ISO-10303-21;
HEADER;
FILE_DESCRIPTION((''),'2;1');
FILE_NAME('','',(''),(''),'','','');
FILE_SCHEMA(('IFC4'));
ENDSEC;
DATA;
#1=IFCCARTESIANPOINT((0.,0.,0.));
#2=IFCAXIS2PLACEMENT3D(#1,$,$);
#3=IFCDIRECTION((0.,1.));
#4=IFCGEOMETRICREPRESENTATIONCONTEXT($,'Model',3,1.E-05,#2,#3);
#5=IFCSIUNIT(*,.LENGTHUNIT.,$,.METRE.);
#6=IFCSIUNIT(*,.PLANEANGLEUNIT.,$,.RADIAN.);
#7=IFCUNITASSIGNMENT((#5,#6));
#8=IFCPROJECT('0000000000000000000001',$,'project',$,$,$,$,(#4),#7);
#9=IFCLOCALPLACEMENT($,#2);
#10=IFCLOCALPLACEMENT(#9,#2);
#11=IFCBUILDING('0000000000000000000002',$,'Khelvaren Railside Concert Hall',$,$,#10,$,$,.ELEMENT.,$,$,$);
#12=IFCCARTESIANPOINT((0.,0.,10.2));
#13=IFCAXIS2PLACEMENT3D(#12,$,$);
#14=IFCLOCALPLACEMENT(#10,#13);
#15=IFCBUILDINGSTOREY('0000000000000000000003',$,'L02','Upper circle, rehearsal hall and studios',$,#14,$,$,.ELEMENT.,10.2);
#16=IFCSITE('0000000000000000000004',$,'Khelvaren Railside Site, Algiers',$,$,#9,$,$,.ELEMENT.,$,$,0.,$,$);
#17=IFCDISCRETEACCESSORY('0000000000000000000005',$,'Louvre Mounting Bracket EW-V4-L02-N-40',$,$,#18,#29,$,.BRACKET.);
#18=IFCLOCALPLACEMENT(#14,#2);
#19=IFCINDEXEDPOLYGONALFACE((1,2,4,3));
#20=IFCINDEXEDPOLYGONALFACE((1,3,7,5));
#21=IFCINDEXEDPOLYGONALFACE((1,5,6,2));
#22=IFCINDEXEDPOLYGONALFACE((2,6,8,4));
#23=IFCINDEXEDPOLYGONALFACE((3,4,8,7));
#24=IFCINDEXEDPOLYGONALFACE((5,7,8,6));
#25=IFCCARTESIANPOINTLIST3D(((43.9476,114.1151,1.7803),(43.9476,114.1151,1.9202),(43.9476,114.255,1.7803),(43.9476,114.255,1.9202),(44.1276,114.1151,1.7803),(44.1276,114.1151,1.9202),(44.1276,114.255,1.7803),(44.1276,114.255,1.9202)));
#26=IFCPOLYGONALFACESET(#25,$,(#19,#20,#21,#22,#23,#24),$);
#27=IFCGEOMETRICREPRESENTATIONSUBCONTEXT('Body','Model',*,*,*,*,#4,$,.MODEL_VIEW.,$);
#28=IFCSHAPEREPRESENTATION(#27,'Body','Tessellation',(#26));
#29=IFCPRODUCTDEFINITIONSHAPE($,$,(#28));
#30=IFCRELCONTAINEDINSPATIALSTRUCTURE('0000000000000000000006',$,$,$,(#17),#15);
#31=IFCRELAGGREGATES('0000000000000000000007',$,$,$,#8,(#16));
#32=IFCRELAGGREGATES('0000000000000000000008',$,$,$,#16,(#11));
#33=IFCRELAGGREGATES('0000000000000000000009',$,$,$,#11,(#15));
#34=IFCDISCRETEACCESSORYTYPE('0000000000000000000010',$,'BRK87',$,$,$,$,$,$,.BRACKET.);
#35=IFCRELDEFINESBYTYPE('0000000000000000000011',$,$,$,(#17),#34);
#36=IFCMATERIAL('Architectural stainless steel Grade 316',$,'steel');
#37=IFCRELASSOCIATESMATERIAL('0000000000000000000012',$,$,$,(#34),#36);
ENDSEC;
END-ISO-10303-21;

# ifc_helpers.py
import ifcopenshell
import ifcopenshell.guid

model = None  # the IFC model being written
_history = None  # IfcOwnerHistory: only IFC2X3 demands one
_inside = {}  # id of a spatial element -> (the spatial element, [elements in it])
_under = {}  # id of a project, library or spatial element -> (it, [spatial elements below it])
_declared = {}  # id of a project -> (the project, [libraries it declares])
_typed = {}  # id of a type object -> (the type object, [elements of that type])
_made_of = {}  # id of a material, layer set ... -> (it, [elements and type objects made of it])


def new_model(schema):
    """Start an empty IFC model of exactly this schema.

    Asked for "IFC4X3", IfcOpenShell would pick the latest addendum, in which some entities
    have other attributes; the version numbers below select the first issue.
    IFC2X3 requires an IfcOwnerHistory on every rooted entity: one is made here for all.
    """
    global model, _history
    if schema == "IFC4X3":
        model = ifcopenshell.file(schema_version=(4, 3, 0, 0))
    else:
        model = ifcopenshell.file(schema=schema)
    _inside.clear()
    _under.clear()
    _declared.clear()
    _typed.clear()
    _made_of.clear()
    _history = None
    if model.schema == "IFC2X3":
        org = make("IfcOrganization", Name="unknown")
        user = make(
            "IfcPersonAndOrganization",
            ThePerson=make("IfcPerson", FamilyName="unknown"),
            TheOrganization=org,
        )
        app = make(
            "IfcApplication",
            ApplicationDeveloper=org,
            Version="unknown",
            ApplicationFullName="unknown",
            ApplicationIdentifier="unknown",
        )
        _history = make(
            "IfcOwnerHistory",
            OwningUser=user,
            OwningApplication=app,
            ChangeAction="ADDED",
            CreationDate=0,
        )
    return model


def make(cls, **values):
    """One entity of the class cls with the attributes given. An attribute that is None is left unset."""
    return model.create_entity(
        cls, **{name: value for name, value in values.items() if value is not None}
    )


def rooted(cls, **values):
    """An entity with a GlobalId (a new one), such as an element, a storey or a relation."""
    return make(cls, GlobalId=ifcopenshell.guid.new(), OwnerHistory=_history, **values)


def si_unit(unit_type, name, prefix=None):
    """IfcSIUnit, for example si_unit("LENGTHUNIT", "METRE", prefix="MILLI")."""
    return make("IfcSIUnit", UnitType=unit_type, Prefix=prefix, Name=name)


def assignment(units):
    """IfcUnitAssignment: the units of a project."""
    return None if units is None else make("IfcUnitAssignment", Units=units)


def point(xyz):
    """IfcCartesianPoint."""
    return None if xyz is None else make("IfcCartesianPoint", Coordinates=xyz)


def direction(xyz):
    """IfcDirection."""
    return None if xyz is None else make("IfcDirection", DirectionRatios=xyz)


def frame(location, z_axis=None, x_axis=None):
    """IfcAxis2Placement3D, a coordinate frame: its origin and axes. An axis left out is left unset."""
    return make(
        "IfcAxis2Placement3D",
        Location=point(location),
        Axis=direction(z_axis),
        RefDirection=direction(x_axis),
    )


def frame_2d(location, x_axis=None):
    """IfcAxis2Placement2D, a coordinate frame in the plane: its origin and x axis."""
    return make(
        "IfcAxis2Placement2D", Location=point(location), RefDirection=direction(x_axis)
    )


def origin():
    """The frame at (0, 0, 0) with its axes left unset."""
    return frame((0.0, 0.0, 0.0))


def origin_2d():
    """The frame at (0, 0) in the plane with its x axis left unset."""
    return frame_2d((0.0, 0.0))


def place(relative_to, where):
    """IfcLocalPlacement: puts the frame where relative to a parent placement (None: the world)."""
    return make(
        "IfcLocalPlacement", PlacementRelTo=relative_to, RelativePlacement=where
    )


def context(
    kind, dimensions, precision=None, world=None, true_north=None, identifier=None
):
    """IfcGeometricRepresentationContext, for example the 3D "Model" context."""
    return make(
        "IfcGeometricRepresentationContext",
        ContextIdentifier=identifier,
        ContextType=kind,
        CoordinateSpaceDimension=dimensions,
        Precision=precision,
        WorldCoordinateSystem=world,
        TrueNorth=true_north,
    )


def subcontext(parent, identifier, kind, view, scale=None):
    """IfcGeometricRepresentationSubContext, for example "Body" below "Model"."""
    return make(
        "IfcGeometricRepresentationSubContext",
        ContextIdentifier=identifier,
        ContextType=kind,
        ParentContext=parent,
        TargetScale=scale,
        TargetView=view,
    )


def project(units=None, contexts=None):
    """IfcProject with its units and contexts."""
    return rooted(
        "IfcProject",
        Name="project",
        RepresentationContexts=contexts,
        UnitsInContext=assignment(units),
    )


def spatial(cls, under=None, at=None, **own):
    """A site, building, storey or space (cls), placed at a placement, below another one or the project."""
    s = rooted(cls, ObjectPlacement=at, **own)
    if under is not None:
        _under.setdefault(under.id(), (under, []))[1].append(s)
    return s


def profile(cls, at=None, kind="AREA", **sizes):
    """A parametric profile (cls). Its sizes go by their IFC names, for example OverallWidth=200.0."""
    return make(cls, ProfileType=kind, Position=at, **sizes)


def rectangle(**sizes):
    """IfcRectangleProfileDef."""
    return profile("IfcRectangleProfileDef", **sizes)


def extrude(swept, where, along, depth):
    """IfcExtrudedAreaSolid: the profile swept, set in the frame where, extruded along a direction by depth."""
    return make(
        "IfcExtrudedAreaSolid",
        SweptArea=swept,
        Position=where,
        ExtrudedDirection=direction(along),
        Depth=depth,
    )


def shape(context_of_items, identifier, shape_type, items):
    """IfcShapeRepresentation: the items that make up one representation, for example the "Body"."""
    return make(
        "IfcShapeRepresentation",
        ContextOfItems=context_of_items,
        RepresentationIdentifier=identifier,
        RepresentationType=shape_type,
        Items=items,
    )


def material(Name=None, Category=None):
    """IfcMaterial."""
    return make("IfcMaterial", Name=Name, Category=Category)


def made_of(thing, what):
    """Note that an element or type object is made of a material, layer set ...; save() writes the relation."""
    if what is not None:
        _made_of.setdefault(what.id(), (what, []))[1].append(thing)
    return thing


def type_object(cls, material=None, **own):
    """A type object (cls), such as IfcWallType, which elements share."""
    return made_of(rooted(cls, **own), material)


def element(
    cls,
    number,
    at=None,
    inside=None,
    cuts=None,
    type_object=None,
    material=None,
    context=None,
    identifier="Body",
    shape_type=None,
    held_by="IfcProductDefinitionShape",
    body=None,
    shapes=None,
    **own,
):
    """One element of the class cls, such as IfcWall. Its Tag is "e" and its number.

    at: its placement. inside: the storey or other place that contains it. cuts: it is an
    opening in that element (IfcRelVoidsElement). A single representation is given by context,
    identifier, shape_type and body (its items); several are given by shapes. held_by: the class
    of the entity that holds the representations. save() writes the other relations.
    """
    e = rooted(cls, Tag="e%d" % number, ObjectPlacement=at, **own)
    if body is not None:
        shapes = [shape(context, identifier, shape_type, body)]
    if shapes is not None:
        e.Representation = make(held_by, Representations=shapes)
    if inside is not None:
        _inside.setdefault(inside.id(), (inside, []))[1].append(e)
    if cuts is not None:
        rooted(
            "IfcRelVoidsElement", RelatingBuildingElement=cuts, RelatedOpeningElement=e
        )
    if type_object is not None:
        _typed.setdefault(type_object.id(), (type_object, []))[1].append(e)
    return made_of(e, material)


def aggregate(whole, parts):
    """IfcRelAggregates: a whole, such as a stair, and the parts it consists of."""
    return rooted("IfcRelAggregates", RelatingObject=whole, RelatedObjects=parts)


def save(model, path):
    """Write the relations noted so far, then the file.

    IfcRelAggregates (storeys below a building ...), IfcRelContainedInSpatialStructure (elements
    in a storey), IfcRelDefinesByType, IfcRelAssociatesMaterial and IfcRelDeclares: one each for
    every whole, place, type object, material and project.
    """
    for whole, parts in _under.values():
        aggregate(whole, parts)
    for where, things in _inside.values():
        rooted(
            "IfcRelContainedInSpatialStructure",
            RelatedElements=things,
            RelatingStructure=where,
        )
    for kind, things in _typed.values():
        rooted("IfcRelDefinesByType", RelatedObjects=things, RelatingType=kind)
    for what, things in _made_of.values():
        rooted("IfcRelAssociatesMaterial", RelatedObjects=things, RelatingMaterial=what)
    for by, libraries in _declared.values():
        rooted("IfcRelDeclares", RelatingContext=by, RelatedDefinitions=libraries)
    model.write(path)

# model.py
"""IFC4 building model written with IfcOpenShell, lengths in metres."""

from ifc_helpers import new_model, si_unit, direction, frame, origin, origin_2d, place, context, subcontext, project, spatial, rectangle, extrude, material, type_object, element, save


model = new_model("IFC4")

# Units and contexts
model_context = context("Model", 3, precision=1e-05, world=origin(), true_north=direction((0.0, 1.0)))
body_context = subcontext(model_context, "Body", "Model", "MODEL_VIEW")
ifc_project = project(units=[si_unit("LENGTHUNIT", "METRE"), si_unit("PLANEANGLEUNIT", "RADIAN")], contexts=[model_context])

# Site, building, storey
site_placement = place(None, origin())
site = spatial("IfcSite", under=ifc_project, at=site_placement, Name="Khelvaren Railside Site, Algiers", CompositionType="ELEMENT", RefElevation=0.0)
building_placement = place(site_placement, origin())
building = spatial("IfcBuilding", under=site, at=building_placement, Name="Khelvaren Railside Concert Hall", CompositionType="ELEMENT")
storey_placement = place(building_placement, frame((0.0, 0.0, 10.2)))
storey = spatial("IfcBuildingStorey", under=building, at=storey_placement, Name="L02", Description="Upper circle, rehearsal hall and studios", CompositionType="ELEMENT", Elevation=10.2)

# Discrete accessory
ifc_material_1 = material(Name="Architectural stainless steel Grade 316", Category="steel")
discrete_accessory_type_1 = type_object("IfcDiscreteAccessoryType", Name="BRK87", PredefinedType="BRACKET", material=ifc_material_1)
discrete_accessory_placement = place(storey_placement, frame((44.0376, 114.1851, 1.7803), z_axis=(0.0, 0.0, 1.0), x_axis=(1.0, 0.0, 0.0)))
element("IfcDiscreteAccessory", 1, at=discrete_accessory_placement, inside=storey, type_object=discrete_accessory_type_1, Name="Louvre Mounting Bracket EW-V4-L02-N-40", PredefinedType="BRACKET", context=body_context, shape_type="SweptSolid", body=[
    extrude(rectangle(XDim=0.1799, YDim=0.1399, at=origin_2d()), origin(), (0.0, 0.0, 1.0), 0.1399),
])

save(model, "model.ifc")
